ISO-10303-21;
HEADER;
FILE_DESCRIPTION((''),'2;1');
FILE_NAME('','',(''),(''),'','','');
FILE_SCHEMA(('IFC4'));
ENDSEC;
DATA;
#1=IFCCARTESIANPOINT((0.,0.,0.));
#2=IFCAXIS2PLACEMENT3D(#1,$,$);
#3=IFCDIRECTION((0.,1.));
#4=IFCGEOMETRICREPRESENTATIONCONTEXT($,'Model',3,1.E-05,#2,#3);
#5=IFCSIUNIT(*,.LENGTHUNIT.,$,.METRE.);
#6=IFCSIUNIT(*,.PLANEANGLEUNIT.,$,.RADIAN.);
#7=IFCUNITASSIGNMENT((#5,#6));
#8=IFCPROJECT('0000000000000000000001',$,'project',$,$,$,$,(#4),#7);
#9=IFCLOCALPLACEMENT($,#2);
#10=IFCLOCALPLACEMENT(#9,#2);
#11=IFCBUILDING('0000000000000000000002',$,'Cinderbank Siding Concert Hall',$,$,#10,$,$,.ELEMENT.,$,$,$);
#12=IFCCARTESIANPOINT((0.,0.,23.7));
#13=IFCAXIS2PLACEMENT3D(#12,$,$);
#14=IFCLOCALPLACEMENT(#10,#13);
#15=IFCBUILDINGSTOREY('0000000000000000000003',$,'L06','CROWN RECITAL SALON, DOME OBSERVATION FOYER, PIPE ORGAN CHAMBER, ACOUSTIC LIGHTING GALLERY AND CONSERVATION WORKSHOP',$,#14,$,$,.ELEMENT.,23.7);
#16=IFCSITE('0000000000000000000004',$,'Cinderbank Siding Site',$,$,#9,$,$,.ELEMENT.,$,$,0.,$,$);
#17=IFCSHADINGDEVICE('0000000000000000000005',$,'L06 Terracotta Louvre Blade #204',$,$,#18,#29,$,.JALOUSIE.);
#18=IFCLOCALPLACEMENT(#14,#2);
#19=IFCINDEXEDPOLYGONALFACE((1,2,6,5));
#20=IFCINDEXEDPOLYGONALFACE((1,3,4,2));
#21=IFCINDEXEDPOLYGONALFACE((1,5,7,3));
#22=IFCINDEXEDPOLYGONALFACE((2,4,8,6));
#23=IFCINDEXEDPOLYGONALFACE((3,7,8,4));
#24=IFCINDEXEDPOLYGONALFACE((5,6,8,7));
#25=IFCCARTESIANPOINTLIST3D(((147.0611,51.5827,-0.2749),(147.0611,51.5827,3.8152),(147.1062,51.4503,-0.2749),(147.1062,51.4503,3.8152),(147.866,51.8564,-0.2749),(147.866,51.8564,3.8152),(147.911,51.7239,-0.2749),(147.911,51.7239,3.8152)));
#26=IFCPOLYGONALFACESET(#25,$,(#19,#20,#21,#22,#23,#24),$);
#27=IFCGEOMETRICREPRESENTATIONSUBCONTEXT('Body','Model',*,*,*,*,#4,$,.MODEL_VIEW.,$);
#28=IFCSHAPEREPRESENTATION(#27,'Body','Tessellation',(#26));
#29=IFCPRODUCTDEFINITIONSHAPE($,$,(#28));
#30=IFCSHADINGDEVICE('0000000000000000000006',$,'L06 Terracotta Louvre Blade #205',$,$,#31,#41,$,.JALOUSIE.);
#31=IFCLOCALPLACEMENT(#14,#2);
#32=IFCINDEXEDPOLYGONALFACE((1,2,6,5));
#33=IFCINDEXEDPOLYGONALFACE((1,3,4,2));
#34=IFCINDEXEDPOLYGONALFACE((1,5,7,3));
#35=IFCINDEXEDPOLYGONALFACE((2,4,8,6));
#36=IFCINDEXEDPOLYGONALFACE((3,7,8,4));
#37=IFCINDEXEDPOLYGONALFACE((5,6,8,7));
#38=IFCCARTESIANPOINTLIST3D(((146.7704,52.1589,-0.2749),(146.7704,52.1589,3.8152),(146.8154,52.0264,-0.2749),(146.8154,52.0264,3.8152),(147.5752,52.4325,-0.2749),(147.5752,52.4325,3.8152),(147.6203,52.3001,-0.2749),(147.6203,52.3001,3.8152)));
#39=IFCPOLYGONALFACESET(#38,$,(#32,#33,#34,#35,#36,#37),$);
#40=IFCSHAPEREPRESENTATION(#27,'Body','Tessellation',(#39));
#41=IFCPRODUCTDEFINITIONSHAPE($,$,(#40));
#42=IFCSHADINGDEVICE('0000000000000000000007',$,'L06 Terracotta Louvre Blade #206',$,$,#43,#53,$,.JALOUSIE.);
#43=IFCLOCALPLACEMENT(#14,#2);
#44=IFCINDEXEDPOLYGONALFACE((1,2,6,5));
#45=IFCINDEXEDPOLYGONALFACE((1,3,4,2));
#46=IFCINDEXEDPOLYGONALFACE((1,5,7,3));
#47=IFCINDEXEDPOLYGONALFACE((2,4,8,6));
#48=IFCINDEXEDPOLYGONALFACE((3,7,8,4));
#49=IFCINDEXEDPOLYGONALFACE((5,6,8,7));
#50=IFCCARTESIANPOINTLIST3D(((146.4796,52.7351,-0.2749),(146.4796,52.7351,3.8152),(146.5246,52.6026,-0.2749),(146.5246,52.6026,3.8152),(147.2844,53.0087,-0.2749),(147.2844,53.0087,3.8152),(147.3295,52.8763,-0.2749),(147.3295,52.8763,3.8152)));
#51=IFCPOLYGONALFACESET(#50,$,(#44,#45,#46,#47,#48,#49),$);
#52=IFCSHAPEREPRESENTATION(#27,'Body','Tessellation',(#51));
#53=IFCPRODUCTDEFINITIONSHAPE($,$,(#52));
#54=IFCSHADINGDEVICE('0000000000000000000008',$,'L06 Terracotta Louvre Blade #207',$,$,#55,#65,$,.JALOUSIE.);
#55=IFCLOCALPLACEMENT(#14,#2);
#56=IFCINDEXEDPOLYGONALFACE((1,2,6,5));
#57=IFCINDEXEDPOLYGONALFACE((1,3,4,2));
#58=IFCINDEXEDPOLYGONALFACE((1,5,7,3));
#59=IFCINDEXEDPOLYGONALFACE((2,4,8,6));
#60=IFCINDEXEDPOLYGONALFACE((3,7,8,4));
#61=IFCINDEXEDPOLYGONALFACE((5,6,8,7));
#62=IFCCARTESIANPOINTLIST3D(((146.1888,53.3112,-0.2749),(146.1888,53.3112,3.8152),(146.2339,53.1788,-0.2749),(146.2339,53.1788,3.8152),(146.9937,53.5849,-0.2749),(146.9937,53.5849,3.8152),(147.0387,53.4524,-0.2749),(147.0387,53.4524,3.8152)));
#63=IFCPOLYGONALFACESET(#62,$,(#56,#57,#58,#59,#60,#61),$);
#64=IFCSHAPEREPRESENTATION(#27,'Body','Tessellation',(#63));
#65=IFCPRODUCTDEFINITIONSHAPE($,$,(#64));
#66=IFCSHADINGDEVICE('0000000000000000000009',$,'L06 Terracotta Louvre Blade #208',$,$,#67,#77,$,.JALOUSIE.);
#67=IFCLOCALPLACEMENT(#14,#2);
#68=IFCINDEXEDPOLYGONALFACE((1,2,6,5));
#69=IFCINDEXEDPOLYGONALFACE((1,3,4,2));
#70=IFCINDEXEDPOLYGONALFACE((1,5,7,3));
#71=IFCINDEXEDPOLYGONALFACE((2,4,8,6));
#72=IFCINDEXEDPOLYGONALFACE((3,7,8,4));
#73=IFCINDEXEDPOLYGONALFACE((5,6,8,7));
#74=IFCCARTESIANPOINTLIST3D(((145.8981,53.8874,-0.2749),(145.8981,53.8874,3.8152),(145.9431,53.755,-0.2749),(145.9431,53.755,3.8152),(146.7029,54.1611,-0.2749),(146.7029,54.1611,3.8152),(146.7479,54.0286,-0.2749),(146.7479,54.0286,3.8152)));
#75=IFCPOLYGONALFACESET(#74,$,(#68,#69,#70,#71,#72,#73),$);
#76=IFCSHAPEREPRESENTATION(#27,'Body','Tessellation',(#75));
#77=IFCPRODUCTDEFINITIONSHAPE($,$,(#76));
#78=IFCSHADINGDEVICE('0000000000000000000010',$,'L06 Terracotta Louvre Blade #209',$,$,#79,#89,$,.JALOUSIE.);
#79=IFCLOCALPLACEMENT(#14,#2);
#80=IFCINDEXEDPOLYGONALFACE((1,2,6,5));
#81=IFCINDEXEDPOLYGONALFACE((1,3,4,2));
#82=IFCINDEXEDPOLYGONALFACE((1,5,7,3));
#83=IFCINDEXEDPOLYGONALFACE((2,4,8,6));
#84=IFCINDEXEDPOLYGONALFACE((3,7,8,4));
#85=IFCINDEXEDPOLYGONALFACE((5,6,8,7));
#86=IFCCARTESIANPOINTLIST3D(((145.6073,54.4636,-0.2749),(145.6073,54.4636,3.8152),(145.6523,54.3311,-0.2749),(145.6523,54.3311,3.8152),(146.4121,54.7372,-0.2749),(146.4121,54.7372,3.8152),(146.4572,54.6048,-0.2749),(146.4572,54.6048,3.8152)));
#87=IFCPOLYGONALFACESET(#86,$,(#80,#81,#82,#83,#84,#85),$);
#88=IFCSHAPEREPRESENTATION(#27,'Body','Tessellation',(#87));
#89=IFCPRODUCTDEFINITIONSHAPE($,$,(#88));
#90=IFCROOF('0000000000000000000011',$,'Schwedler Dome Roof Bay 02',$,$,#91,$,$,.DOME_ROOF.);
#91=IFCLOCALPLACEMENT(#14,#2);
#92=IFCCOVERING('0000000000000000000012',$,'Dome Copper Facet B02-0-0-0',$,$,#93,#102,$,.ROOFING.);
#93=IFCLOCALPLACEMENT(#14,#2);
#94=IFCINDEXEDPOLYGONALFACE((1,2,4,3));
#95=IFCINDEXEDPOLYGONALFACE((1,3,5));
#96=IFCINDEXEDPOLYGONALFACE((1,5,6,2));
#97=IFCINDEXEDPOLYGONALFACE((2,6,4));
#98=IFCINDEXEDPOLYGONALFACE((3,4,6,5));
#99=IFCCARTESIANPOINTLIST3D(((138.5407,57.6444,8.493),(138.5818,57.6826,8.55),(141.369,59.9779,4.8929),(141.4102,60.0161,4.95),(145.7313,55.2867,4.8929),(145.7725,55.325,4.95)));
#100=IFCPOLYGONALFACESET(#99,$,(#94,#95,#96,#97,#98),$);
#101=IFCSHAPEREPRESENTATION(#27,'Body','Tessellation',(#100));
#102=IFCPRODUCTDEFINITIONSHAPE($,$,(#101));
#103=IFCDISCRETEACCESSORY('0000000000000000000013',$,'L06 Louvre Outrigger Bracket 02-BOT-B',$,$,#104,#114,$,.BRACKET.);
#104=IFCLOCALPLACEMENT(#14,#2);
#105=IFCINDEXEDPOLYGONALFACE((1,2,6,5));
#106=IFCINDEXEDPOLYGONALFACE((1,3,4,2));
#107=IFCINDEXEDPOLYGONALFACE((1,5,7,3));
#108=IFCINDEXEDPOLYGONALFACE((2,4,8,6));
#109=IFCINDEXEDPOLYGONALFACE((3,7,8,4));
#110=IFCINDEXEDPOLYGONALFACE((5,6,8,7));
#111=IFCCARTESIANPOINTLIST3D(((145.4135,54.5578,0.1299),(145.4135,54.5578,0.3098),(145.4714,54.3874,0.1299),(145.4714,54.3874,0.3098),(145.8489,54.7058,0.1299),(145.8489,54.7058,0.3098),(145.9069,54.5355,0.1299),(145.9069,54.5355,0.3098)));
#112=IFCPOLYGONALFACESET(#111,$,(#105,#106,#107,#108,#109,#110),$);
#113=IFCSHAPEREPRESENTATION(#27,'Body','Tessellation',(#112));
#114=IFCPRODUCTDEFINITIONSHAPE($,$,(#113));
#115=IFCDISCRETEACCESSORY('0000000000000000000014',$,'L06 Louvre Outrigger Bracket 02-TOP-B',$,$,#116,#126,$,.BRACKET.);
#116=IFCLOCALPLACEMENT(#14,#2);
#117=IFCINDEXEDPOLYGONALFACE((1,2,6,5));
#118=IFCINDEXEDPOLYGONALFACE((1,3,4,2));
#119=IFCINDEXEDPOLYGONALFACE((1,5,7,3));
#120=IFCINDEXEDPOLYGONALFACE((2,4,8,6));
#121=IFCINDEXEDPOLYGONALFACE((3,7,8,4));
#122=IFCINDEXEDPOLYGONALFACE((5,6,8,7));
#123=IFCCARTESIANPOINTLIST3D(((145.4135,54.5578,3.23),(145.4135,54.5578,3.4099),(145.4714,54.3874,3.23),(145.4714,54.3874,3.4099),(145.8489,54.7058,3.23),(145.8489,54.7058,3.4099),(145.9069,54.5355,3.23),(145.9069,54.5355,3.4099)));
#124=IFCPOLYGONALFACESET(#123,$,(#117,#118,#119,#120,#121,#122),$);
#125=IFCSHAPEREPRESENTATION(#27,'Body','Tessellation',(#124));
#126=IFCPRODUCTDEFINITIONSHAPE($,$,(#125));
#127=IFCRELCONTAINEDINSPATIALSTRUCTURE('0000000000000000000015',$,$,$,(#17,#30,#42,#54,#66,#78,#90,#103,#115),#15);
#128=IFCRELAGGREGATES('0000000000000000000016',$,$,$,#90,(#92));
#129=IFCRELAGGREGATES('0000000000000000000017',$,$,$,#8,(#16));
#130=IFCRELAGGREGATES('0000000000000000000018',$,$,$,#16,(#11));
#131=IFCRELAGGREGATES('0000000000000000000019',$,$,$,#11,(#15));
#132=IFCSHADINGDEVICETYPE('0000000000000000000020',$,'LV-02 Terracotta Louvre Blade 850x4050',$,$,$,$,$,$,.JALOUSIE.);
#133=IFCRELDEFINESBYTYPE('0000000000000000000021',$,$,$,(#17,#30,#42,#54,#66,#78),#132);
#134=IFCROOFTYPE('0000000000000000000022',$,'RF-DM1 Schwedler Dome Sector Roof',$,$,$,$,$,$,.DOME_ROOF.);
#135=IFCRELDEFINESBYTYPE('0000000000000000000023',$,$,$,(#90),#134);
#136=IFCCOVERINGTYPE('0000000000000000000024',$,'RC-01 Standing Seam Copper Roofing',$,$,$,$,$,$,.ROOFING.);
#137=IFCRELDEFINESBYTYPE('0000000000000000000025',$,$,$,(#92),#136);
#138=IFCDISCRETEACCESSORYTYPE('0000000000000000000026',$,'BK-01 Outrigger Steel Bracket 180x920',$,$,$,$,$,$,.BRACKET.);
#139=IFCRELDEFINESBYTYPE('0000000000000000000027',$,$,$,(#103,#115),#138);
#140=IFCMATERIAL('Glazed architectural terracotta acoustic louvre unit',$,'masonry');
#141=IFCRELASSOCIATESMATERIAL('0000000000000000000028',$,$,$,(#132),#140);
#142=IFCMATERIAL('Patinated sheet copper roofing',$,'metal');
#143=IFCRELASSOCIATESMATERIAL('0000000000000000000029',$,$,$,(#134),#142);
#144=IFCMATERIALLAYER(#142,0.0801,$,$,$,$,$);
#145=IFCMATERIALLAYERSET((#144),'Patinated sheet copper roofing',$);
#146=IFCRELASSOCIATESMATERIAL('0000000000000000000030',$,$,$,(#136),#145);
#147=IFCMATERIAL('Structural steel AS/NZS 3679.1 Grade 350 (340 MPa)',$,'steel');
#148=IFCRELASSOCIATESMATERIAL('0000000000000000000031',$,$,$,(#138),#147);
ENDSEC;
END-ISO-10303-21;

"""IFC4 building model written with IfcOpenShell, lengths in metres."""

from ifc_helpers import new_model, si_unit, direction, frame, origin, origin_2d, place, context, subcontext, project, spatial, polyline, rectangle, outline, extrude, material, layer, layer_set, type_object, element, aggregate, save


model = new_model("IFC4")

# Units and contexts
model_context = context("Model", 3, precision=1e-05, world=origin(), true_north=direction((0.0, 1.0)))
body_context = subcontext(model_context, "Body", "Model", "MODEL_VIEW")
ifc_project = project(units=[si_unit("LENGTHUNIT", "METRE"), si_unit("PLANEANGLEUNIT", "RADIAN")], contexts=[model_context])

# Site, building, storey
site_placement = place(None, origin())
site = spatial("IfcSite", under=ifc_project, at=site_placement, Name="Cinderbank Siding Site", CompositionType="ELEMENT", RefElevation=0.0)
building_placement = place(site_placement, origin())
building = spatial("IfcBuilding", under=site, at=building_placement, Name="Cinderbank Siding Concert Hall", CompositionType="ELEMENT")
storey_placement = place(building_placement, frame((0.0, 0.0, 23.7)))
storey = spatial("IfcBuildingStorey", under=building, at=storey_placement, Name="L06", Description="CROWN RECITAL SALON, DOME OBSERVATION FOYER, PIPE ORGAN CHAMBER, ACOUSTIC LIGHTING GALLERY AND CONSERVATION WORKSHOP", CompositionType="ELEMENT", Elevation=23.7)

# Shared definitions
ifc_material_1 = material(Name="Structural steel AS/NZS 3679.1 Grade 350 (340 MPa)", Category="steel")

# Shading devices
ifc_material_2 = material(Name="Glazed architectural terracotta acoustic louvre unit", Category="masonry")
shading_device_type = type_object("IfcShadingDeviceType", Name="LV-02 Terracotta Louvre Blade 850x4050", PredefinedType="JALOUSIE", material=ifc_material_2)
for number, where, z_axis, x_axis, name in (
    (1, (147.4861, 51.6533, -0.2749), (0.0, 0.0, 1.0), (0.946765, 0.321924, 0.0), "L06 Terracotta Louvre Blade #204"),
    (2, (147.1953, 52.2295, -0.2749), (0.0, 0.0, 1.0), (0.946765, 0.321924, 0.0), "L06 Terracotta Louvre Blade #205"),
    (3, (146.9045, 52.8057, -0.2749), (0.0, 0.0, 1.0), (0.946765, 0.321924, 0.0), "L06 Terracotta Louvre Blade #206"),
    (4, (146.6138, 53.3818, -0.2749), (0.0, 0.0, 1.0), (0.946765, 0.321924, 0.0), "L06 Terracotta Louvre Blade #207"),
    (5, (146.323, 53.958, -0.2749), (0.0, 0.0, 1.0), (0.946765, 0.321924, 0.0), "L06 Terracotta Louvre Blade #208"),
    (6, (146.0322, 54.5342, -0.2749), (0.0, 0.0, 1.0), (0.946765, 0.321924, 0.0), "L06 Terracotta Louvre Blade #209"),
):
    element("IfcShadingDevice", number, at=place(storey_placement, frame(where, z_axis=z_axis, x_axis=x_axis)), inside=storey, type_object=shading_device_type, Name=name, PredefinedType="JALOUSIE", context=body_context, shape_type="SweptSolid", body=[
        extrude(rectangle(XDim=0.8501, YDim=0.1399, at=origin_2d()), origin(), (0.0, 0.0, 1.0), 4.0901),
    ])

# Roof, covering
ifc_material_3 = material(Name="Patinated sheet copper roofing", Category="metal")
roof_type = type_object("IfcRoofType", Name="RF-DM1 Schwedler Dome Sector Roof", PredefinedType="DOME_ROOF", material=ifc_material_3)
roof_placement = place(storey_placement, origin())
roof = element("IfcRoof", 7, at=roof_placement, inside=storey, type_object=roof_type, Name="Schwedler Dome Roof Bay 02", PredefinedType="DOME_ROOF")
ifc_layer_1 = layer(ifc_material_3, 0.0801)
ifc_layer_set_1 = layer_set([ifc_layer_1], Name="Patinated sheet copper roofing")
covering_type = type_object("IfcCoveringType", Name="RC-01 Standing Seam Copper Roofing", PredefinedType="ROOFING", material=ifc_layer_set_1)
covering_placement = place(storey_placement, frame((145.7725, 55.325, 4.95), z_axis=(0.51351, 0.477512, 0.712944), x_axis=(-0.680973, 0.732309, 0.0)))
covering = element("IfcCovering", 8, at=covering_placement, type_object=covering_type, Name="Dome Copper Facet B02-0-0-0", PredefinedType="ROOFING", context=body_context, shape_type="SweptSolid", body=[
    extrude(outline(polyline([(0.0, 0.0), (6.406, 0.0), (6.6232, 5.134), (0.0, 0.0)])), origin(), (0.0, 0.0, -1.0), 0.0801),
])
aggregate(roof, [covering])

# Discrete accessories
discrete_accessory_type = type_object("IfcDiscreteAccessoryType", Name="BK-01 Outrigger Steel Bracket 180x920", PredefinedType="BRACKET", material=ifc_material_1)
for number, where, z_axis, x_axis, name in (
    (9, (145.6602, 54.5466, 0.1299), (0.0, 0.0, 1.0), (0.946765, 0.321924, 0.0), "L06 Louvre Outrigger Bracket 02-BOT-B"),
    (10, (145.6602, 54.5466, 3.23), (0.0, 0.0, 1.0), (0.946765, 0.321924, 0.0), "L06 Louvre Outrigger Bracket 02-TOP-B"),
):
    element("IfcDiscreteAccessory", number, at=place(storey_placement, frame(where, z_axis=z_axis, x_axis=x_axis)), inside=storey, type_object=discrete_accessory_type, Name=name, PredefinedType="BRACKET", context=body_context, shape_type="SweptSolid", body=[
        extrude(rectangle(XDim=0.46, YDim=0.1799, at=origin_2d()), origin(), (0.0, 0.0, 1.0), 0.1799),
    ])

save(model, "model.ifc")
